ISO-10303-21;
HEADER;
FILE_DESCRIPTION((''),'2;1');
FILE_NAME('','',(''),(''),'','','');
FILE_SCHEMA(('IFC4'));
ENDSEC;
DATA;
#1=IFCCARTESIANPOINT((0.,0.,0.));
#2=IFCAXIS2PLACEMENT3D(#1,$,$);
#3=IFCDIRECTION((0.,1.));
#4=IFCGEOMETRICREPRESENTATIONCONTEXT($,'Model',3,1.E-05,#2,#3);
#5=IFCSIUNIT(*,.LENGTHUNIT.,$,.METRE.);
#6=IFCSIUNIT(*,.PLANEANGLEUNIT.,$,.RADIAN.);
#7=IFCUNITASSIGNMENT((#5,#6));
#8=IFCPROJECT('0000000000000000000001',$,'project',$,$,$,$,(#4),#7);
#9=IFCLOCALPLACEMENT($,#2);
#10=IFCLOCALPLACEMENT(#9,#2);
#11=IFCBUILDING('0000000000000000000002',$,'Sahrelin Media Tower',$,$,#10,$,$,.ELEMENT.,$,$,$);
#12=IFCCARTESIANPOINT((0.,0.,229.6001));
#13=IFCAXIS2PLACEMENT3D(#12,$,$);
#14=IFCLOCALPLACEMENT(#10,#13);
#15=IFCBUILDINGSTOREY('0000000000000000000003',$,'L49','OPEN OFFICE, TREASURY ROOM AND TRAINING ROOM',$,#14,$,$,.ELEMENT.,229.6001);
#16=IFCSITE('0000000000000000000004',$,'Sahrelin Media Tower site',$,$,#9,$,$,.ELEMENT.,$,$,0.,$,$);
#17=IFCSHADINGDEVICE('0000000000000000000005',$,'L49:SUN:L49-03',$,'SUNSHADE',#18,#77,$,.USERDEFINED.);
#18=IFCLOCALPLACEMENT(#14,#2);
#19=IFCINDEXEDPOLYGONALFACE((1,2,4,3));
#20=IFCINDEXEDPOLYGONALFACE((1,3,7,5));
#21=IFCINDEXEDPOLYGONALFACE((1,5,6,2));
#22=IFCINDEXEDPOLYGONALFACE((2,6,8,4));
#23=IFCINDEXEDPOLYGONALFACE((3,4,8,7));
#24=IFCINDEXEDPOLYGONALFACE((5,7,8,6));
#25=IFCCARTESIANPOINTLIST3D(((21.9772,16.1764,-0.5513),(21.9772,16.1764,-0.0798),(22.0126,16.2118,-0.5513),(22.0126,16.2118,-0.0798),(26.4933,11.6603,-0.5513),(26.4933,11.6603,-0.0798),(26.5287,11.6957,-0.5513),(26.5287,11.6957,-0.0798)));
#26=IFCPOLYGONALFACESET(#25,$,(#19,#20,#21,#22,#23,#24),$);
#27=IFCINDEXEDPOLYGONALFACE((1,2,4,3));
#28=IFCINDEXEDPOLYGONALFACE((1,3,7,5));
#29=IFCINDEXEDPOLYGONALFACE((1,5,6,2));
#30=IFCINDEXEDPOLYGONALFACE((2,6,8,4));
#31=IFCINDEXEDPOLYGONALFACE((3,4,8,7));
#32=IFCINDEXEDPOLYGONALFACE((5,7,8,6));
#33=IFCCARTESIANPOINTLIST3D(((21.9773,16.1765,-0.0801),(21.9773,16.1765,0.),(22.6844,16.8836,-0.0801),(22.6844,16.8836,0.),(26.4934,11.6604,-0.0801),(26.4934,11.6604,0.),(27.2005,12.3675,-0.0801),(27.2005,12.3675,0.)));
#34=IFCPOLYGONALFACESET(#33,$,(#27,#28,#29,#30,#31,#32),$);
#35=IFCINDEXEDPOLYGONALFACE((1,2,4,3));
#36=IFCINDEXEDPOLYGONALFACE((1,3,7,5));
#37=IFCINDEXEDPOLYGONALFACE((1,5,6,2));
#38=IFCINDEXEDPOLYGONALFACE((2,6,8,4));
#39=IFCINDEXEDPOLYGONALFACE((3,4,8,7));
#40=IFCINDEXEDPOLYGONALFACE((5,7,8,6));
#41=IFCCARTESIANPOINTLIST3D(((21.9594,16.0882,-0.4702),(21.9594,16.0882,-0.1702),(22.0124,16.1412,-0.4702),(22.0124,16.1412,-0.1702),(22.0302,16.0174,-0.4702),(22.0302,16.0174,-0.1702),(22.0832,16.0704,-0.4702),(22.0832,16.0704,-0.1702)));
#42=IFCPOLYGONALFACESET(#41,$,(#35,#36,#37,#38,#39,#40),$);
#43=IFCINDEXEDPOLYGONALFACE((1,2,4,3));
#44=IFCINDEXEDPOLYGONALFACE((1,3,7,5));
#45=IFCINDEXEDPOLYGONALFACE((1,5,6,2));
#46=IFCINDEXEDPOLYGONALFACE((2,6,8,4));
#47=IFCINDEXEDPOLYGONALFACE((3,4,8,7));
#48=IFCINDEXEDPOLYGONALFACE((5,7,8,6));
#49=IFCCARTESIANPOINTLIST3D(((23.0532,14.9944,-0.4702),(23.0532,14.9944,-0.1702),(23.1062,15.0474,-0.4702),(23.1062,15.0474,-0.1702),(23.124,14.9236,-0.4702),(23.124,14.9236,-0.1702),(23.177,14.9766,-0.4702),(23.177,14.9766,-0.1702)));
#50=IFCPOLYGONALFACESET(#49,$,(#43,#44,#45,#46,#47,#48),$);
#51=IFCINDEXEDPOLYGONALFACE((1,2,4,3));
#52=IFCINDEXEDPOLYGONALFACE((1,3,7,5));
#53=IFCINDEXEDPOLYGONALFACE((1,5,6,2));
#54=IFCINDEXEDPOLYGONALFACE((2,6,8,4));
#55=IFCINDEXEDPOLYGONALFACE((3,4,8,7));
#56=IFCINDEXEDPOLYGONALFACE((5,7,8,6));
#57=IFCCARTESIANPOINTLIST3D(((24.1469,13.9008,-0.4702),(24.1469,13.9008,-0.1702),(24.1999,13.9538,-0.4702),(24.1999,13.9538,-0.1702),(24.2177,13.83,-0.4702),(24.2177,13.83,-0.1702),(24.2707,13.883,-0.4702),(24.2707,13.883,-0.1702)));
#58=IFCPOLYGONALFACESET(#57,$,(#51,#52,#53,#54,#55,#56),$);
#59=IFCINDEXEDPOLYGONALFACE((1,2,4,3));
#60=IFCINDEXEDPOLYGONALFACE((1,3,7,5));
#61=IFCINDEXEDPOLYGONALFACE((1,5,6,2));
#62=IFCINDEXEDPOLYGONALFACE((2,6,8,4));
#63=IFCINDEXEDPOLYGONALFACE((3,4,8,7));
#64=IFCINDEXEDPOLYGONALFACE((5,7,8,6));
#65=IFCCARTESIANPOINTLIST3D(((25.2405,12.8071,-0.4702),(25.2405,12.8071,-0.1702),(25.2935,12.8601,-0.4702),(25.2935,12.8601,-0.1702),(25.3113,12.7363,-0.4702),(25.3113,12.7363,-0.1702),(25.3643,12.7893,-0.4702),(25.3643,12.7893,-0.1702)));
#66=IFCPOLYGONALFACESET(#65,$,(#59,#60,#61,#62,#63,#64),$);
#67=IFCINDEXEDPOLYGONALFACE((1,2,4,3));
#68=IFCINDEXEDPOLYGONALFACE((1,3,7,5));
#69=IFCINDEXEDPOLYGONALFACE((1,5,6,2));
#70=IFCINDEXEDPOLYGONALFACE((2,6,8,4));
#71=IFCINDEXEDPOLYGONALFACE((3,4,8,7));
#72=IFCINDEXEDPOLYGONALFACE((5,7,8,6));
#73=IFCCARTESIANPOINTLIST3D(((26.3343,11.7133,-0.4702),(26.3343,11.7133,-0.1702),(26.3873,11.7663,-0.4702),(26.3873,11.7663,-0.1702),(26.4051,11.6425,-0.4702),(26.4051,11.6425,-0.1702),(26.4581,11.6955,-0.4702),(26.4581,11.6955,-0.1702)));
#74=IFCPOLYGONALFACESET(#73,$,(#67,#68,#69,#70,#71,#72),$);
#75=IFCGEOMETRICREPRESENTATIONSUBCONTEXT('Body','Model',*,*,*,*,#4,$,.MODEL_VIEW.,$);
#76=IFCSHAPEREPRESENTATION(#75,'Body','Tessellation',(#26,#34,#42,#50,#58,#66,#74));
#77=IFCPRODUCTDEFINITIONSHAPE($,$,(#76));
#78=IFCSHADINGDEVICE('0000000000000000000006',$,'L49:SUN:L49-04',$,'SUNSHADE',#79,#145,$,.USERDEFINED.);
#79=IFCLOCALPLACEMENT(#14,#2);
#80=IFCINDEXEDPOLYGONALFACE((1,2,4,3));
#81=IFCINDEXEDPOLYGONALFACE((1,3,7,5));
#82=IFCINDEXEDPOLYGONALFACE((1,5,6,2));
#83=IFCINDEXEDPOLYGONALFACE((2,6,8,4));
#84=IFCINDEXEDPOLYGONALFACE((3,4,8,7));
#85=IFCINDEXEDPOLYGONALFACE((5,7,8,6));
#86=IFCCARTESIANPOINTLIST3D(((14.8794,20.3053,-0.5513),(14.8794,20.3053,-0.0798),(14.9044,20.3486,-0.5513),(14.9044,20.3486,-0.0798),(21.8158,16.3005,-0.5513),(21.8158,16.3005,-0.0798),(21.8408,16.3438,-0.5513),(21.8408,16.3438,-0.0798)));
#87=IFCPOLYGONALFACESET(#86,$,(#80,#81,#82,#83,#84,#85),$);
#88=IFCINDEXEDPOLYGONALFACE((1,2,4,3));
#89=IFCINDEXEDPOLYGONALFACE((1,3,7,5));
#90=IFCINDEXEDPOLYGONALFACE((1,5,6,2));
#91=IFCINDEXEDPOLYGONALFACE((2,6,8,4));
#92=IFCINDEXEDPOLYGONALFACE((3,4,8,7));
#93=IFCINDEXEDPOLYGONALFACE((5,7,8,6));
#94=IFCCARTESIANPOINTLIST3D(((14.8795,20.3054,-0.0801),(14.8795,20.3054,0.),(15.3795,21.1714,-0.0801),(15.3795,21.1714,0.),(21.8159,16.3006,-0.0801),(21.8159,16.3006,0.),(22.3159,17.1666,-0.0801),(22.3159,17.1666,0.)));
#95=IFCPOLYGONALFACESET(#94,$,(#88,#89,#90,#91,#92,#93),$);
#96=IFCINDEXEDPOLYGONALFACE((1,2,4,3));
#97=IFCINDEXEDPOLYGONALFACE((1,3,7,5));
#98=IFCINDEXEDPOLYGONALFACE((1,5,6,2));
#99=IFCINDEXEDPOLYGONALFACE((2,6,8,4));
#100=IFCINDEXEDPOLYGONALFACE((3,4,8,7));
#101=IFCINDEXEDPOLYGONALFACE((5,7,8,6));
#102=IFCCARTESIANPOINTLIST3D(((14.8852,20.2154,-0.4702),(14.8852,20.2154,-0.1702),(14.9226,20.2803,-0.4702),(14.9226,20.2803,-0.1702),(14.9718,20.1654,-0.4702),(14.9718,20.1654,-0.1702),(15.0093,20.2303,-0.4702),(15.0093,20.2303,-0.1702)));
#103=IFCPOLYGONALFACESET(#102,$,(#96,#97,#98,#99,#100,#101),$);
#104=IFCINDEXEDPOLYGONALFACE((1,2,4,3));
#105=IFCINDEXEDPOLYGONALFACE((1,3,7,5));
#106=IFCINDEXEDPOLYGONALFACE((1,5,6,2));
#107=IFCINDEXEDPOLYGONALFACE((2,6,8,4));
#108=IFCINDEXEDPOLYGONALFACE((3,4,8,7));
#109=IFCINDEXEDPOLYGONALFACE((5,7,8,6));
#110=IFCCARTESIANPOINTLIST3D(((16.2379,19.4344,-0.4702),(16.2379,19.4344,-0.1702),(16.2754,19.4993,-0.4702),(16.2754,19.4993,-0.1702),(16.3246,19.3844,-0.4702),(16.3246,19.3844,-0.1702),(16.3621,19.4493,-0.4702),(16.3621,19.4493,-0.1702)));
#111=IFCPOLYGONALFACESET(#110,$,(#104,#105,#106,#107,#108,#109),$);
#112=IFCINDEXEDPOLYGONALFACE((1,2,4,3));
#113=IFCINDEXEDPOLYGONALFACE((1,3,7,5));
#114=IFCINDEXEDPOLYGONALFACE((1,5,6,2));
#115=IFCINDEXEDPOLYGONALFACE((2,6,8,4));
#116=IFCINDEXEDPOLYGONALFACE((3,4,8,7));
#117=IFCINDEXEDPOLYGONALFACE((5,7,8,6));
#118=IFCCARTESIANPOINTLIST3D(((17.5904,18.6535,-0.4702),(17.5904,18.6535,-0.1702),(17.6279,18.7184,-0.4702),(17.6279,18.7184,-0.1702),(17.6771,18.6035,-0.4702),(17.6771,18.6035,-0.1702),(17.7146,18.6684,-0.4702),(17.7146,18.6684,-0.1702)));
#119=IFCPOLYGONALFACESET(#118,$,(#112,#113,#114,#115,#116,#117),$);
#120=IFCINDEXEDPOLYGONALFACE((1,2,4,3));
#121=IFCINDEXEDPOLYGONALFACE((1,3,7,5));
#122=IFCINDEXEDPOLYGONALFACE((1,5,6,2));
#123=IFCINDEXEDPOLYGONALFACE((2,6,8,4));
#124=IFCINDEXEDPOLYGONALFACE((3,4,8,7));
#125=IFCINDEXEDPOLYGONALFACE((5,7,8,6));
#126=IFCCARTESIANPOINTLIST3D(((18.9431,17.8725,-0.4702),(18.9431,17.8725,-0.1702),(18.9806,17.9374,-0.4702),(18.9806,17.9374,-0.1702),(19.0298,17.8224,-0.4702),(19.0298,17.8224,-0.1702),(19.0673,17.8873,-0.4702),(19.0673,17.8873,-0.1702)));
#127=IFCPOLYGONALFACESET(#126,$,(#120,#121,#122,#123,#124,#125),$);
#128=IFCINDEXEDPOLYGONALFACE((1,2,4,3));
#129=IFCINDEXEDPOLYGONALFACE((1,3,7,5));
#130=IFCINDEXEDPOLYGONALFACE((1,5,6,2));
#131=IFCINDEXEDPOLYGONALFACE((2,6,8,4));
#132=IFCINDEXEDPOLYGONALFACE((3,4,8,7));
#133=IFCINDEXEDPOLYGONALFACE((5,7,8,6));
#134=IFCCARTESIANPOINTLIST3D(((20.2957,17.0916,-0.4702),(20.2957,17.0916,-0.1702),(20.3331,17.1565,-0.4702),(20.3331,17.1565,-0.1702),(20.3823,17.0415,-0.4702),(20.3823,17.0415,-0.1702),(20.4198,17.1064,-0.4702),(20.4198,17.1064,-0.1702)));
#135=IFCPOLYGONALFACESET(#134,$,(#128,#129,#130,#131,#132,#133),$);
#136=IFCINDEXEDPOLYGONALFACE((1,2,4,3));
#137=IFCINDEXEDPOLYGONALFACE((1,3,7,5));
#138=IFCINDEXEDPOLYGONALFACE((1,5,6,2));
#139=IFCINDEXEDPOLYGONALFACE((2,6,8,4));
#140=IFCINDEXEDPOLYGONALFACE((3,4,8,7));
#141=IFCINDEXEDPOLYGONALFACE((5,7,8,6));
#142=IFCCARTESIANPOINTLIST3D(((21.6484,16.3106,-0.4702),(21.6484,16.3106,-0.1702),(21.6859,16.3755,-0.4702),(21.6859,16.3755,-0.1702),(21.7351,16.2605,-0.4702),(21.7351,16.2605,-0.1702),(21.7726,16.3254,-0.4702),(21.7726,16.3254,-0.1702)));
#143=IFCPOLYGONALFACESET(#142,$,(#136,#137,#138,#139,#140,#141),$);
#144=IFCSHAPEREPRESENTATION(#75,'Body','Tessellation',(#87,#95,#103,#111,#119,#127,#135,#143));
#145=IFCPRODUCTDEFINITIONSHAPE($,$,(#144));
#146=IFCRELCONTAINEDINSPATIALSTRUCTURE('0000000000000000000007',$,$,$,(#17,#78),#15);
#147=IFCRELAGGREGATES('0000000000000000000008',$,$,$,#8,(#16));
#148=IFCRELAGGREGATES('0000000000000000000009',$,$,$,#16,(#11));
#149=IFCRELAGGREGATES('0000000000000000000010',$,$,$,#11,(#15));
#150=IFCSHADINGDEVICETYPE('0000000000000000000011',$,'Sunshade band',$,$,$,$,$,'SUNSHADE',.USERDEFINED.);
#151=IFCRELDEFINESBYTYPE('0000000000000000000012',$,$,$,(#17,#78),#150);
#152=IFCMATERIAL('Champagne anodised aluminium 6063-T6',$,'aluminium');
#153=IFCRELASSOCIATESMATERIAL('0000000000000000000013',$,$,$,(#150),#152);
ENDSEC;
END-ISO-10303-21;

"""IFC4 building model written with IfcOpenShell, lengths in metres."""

from ifc_helpers import new_model, si_unit, direction, frame, origin, origin_2d, place, context, subcontext, project, spatial, rectangle, extrude, material, type_object, element, save


model = new_model("IFC4")

# Units and contexts
model_context = context("Model", 3, precision=1e-05, world=origin(), true_north=direction((0.0, 1.0)))
body_context = subcontext(model_context, "Body", "Model", "MODEL_VIEW")
ifc_project = project(units=[si_unit("LENGTHUNIT", "METRE"), si_unit("PLANEANGLEUNIT", "RADIAN")], contexts=[model_context])

# Site, building, storey
site_placement = place(None, origin())
site = spatial("IfcSite", under=ifc_project, at=site_placement, Name="Sahrelin Media Tower site", CompositionType="ELEMENT", RefElevation=0.0)
building_placement = place(site_placement, origin())
building = spatial("IfcBuilding", under=site, at=building_placement, Name="Sahrelin Media Tower", CompositionType="ELEMENT")
storey_placement = place(building_placement, frame((0.0, 0.0, 229.6001)))
storey = spatial("IfcBuildingStorey", under=building, at=storey_placement, Name="L49", Description="OPEN OFFICE, TREASURY ROOM AND TRAINING ROOM", CompositionType="ELEMENT", Elevation=229.6001)

# Shared definitions
ifc_material_1 = material(Name="Champagne anodised aluminium 6063-T6", Category="aluminium")

# Shading devices
placement_1 = place(storey_placement, frame((24.2212, 13.9043, 0.0), z_axis=(0.0, 0.0, 1.0), x_axis=(0.707107, -0.707107, 0.0)))
placement_2 = place(storey_placement, frame((18.3376, 18.2856, 0.0), z_axis=(0.0, 0.0, 1.0), x_axis=(0.866019, -0.500011, 0.0)))
shading_device_type_1 = type_object("IfcShadingDeviceType", Name="Sunshade band", ElementType="SUNSHADE", PredefinedType="USERDEFINED", material=ifc_material_1)
element("IfcShadingDevice", 1, at=placement_1, inside=storey, type_object=shading_device_type_1, Name="L49:SUN:L49-03", ObjectType="SUNSHADE", PredefinedType="USERDEFINED", context=body_context, shape_type="SweptSolid", body=[
    extrude(rectangle(XDim=6.3867, YDim=0.05, at=origin_2d()), frame((0.0, 0.0449, -0.5513)), (0.0, 0.0, 1.0), 0.4714),
    extrude(rectangle(XDim=6.3867, YDim=1.0, at=origin_2d()), frame((0.0, 0.52, -0.0801)), (0.0, 0.0, 1.0), 0.0801),
    extrude(rectangle(XDim=0.1001, YDim=0.075, at=origin_2d()), frame((-3.0935, -0.0176, -0.4702)), (0.0, 0.0, 1.0), 0.3),
    extrude(rectangle(XDim=0.1001, YDim=0.075, at=origin_2d()), frame((-1.5466, -0.0176, -0.4702)), (0.0, 0.0, 1.0), 0.3),
    extrude(rectangle(XDim=0.1001, YDim=0.075, at=origin_2d()), frame((0.0, -0.0176, -0.4702)), (0.0, 0.0, 1.0), 0.3),
    extrude(rectangle(XDim=0.1001, YDim=0.075, at=origin_2d()), frame((1.5466, -0.0176, -0.4702)), (0.0, 0.0, 1.0), 0.3),
    extrude(rectangle(XDim=0.1001, YDim=0.075, at=origin_2d()), frame((3.0935, -0.0176, -0.4702)), (0.0, 0.0, 1.0), 0.3),
])
element("IfcShadingDevice", 2, at=placement_2, inside=storey, type_object=shading_device_type_1, Name="L49:SUN:L49-04", ObjectType="SUNSHADE", PredefinedType="USERDEFINED", context=body_context, shape_type="SweptSolid", body=[
    extrude(rectangle(XDim=8.0095, YDim=0.05, at=origin_2d()), frame((0.0, 0.0449, -0.5513)), (0.0, 0.0, 1.0), 0.4714),
    extrude(rectangle(XDim=8.0095, YDim=1.0, at=origin_2d()), frame((0.0, 0.52, -0.0801)), (0.0, 0.0, 1.0), 0.0801),
    extrude(rectangle(XDim=0.1001, YDim=0.075, at=origin_2d()), frame((-3.9048, -0.0176, -0.4702)), (0.0, 0.0, 1.0), 0.3),
    extrude(rectangle(XDim=0.1001, YDim=0.075, at=origin_2d()), frame((-2.3428, -0.0176, -0.4702)), (0.0, 0.0, 1.0), 0.3),
    extrude(rectangle(XDim=0.1001, YDim=0.075, at=origin_2d()), frame((-0.781, -0.0176, -0.4702)), (0.0, 0.0, 1.0), 0.3),
    extrude(rectangle(XDim=0.1001, YDim=0.075, at=origin_2d()), frame((0.781, -0.0176, -0.4702)), (0.0, 0.0, 1.0), 0.3),
    extrude(rectangle(XDim=0.1001, YDim=0.075, at=origin_2d()), frame((2.3428, -0.0176, -0.4702)), (0.0, 0.0, 1.0), 0.3),
    extrude(rectangle(XDim=0.1001, YDim=0.075, at=origin_2d()), frame((3.9048, -0.0176, -0.4702)), (0.0, 0.0, 1.0), 0.3),
])

save(model, "model.ifc")
